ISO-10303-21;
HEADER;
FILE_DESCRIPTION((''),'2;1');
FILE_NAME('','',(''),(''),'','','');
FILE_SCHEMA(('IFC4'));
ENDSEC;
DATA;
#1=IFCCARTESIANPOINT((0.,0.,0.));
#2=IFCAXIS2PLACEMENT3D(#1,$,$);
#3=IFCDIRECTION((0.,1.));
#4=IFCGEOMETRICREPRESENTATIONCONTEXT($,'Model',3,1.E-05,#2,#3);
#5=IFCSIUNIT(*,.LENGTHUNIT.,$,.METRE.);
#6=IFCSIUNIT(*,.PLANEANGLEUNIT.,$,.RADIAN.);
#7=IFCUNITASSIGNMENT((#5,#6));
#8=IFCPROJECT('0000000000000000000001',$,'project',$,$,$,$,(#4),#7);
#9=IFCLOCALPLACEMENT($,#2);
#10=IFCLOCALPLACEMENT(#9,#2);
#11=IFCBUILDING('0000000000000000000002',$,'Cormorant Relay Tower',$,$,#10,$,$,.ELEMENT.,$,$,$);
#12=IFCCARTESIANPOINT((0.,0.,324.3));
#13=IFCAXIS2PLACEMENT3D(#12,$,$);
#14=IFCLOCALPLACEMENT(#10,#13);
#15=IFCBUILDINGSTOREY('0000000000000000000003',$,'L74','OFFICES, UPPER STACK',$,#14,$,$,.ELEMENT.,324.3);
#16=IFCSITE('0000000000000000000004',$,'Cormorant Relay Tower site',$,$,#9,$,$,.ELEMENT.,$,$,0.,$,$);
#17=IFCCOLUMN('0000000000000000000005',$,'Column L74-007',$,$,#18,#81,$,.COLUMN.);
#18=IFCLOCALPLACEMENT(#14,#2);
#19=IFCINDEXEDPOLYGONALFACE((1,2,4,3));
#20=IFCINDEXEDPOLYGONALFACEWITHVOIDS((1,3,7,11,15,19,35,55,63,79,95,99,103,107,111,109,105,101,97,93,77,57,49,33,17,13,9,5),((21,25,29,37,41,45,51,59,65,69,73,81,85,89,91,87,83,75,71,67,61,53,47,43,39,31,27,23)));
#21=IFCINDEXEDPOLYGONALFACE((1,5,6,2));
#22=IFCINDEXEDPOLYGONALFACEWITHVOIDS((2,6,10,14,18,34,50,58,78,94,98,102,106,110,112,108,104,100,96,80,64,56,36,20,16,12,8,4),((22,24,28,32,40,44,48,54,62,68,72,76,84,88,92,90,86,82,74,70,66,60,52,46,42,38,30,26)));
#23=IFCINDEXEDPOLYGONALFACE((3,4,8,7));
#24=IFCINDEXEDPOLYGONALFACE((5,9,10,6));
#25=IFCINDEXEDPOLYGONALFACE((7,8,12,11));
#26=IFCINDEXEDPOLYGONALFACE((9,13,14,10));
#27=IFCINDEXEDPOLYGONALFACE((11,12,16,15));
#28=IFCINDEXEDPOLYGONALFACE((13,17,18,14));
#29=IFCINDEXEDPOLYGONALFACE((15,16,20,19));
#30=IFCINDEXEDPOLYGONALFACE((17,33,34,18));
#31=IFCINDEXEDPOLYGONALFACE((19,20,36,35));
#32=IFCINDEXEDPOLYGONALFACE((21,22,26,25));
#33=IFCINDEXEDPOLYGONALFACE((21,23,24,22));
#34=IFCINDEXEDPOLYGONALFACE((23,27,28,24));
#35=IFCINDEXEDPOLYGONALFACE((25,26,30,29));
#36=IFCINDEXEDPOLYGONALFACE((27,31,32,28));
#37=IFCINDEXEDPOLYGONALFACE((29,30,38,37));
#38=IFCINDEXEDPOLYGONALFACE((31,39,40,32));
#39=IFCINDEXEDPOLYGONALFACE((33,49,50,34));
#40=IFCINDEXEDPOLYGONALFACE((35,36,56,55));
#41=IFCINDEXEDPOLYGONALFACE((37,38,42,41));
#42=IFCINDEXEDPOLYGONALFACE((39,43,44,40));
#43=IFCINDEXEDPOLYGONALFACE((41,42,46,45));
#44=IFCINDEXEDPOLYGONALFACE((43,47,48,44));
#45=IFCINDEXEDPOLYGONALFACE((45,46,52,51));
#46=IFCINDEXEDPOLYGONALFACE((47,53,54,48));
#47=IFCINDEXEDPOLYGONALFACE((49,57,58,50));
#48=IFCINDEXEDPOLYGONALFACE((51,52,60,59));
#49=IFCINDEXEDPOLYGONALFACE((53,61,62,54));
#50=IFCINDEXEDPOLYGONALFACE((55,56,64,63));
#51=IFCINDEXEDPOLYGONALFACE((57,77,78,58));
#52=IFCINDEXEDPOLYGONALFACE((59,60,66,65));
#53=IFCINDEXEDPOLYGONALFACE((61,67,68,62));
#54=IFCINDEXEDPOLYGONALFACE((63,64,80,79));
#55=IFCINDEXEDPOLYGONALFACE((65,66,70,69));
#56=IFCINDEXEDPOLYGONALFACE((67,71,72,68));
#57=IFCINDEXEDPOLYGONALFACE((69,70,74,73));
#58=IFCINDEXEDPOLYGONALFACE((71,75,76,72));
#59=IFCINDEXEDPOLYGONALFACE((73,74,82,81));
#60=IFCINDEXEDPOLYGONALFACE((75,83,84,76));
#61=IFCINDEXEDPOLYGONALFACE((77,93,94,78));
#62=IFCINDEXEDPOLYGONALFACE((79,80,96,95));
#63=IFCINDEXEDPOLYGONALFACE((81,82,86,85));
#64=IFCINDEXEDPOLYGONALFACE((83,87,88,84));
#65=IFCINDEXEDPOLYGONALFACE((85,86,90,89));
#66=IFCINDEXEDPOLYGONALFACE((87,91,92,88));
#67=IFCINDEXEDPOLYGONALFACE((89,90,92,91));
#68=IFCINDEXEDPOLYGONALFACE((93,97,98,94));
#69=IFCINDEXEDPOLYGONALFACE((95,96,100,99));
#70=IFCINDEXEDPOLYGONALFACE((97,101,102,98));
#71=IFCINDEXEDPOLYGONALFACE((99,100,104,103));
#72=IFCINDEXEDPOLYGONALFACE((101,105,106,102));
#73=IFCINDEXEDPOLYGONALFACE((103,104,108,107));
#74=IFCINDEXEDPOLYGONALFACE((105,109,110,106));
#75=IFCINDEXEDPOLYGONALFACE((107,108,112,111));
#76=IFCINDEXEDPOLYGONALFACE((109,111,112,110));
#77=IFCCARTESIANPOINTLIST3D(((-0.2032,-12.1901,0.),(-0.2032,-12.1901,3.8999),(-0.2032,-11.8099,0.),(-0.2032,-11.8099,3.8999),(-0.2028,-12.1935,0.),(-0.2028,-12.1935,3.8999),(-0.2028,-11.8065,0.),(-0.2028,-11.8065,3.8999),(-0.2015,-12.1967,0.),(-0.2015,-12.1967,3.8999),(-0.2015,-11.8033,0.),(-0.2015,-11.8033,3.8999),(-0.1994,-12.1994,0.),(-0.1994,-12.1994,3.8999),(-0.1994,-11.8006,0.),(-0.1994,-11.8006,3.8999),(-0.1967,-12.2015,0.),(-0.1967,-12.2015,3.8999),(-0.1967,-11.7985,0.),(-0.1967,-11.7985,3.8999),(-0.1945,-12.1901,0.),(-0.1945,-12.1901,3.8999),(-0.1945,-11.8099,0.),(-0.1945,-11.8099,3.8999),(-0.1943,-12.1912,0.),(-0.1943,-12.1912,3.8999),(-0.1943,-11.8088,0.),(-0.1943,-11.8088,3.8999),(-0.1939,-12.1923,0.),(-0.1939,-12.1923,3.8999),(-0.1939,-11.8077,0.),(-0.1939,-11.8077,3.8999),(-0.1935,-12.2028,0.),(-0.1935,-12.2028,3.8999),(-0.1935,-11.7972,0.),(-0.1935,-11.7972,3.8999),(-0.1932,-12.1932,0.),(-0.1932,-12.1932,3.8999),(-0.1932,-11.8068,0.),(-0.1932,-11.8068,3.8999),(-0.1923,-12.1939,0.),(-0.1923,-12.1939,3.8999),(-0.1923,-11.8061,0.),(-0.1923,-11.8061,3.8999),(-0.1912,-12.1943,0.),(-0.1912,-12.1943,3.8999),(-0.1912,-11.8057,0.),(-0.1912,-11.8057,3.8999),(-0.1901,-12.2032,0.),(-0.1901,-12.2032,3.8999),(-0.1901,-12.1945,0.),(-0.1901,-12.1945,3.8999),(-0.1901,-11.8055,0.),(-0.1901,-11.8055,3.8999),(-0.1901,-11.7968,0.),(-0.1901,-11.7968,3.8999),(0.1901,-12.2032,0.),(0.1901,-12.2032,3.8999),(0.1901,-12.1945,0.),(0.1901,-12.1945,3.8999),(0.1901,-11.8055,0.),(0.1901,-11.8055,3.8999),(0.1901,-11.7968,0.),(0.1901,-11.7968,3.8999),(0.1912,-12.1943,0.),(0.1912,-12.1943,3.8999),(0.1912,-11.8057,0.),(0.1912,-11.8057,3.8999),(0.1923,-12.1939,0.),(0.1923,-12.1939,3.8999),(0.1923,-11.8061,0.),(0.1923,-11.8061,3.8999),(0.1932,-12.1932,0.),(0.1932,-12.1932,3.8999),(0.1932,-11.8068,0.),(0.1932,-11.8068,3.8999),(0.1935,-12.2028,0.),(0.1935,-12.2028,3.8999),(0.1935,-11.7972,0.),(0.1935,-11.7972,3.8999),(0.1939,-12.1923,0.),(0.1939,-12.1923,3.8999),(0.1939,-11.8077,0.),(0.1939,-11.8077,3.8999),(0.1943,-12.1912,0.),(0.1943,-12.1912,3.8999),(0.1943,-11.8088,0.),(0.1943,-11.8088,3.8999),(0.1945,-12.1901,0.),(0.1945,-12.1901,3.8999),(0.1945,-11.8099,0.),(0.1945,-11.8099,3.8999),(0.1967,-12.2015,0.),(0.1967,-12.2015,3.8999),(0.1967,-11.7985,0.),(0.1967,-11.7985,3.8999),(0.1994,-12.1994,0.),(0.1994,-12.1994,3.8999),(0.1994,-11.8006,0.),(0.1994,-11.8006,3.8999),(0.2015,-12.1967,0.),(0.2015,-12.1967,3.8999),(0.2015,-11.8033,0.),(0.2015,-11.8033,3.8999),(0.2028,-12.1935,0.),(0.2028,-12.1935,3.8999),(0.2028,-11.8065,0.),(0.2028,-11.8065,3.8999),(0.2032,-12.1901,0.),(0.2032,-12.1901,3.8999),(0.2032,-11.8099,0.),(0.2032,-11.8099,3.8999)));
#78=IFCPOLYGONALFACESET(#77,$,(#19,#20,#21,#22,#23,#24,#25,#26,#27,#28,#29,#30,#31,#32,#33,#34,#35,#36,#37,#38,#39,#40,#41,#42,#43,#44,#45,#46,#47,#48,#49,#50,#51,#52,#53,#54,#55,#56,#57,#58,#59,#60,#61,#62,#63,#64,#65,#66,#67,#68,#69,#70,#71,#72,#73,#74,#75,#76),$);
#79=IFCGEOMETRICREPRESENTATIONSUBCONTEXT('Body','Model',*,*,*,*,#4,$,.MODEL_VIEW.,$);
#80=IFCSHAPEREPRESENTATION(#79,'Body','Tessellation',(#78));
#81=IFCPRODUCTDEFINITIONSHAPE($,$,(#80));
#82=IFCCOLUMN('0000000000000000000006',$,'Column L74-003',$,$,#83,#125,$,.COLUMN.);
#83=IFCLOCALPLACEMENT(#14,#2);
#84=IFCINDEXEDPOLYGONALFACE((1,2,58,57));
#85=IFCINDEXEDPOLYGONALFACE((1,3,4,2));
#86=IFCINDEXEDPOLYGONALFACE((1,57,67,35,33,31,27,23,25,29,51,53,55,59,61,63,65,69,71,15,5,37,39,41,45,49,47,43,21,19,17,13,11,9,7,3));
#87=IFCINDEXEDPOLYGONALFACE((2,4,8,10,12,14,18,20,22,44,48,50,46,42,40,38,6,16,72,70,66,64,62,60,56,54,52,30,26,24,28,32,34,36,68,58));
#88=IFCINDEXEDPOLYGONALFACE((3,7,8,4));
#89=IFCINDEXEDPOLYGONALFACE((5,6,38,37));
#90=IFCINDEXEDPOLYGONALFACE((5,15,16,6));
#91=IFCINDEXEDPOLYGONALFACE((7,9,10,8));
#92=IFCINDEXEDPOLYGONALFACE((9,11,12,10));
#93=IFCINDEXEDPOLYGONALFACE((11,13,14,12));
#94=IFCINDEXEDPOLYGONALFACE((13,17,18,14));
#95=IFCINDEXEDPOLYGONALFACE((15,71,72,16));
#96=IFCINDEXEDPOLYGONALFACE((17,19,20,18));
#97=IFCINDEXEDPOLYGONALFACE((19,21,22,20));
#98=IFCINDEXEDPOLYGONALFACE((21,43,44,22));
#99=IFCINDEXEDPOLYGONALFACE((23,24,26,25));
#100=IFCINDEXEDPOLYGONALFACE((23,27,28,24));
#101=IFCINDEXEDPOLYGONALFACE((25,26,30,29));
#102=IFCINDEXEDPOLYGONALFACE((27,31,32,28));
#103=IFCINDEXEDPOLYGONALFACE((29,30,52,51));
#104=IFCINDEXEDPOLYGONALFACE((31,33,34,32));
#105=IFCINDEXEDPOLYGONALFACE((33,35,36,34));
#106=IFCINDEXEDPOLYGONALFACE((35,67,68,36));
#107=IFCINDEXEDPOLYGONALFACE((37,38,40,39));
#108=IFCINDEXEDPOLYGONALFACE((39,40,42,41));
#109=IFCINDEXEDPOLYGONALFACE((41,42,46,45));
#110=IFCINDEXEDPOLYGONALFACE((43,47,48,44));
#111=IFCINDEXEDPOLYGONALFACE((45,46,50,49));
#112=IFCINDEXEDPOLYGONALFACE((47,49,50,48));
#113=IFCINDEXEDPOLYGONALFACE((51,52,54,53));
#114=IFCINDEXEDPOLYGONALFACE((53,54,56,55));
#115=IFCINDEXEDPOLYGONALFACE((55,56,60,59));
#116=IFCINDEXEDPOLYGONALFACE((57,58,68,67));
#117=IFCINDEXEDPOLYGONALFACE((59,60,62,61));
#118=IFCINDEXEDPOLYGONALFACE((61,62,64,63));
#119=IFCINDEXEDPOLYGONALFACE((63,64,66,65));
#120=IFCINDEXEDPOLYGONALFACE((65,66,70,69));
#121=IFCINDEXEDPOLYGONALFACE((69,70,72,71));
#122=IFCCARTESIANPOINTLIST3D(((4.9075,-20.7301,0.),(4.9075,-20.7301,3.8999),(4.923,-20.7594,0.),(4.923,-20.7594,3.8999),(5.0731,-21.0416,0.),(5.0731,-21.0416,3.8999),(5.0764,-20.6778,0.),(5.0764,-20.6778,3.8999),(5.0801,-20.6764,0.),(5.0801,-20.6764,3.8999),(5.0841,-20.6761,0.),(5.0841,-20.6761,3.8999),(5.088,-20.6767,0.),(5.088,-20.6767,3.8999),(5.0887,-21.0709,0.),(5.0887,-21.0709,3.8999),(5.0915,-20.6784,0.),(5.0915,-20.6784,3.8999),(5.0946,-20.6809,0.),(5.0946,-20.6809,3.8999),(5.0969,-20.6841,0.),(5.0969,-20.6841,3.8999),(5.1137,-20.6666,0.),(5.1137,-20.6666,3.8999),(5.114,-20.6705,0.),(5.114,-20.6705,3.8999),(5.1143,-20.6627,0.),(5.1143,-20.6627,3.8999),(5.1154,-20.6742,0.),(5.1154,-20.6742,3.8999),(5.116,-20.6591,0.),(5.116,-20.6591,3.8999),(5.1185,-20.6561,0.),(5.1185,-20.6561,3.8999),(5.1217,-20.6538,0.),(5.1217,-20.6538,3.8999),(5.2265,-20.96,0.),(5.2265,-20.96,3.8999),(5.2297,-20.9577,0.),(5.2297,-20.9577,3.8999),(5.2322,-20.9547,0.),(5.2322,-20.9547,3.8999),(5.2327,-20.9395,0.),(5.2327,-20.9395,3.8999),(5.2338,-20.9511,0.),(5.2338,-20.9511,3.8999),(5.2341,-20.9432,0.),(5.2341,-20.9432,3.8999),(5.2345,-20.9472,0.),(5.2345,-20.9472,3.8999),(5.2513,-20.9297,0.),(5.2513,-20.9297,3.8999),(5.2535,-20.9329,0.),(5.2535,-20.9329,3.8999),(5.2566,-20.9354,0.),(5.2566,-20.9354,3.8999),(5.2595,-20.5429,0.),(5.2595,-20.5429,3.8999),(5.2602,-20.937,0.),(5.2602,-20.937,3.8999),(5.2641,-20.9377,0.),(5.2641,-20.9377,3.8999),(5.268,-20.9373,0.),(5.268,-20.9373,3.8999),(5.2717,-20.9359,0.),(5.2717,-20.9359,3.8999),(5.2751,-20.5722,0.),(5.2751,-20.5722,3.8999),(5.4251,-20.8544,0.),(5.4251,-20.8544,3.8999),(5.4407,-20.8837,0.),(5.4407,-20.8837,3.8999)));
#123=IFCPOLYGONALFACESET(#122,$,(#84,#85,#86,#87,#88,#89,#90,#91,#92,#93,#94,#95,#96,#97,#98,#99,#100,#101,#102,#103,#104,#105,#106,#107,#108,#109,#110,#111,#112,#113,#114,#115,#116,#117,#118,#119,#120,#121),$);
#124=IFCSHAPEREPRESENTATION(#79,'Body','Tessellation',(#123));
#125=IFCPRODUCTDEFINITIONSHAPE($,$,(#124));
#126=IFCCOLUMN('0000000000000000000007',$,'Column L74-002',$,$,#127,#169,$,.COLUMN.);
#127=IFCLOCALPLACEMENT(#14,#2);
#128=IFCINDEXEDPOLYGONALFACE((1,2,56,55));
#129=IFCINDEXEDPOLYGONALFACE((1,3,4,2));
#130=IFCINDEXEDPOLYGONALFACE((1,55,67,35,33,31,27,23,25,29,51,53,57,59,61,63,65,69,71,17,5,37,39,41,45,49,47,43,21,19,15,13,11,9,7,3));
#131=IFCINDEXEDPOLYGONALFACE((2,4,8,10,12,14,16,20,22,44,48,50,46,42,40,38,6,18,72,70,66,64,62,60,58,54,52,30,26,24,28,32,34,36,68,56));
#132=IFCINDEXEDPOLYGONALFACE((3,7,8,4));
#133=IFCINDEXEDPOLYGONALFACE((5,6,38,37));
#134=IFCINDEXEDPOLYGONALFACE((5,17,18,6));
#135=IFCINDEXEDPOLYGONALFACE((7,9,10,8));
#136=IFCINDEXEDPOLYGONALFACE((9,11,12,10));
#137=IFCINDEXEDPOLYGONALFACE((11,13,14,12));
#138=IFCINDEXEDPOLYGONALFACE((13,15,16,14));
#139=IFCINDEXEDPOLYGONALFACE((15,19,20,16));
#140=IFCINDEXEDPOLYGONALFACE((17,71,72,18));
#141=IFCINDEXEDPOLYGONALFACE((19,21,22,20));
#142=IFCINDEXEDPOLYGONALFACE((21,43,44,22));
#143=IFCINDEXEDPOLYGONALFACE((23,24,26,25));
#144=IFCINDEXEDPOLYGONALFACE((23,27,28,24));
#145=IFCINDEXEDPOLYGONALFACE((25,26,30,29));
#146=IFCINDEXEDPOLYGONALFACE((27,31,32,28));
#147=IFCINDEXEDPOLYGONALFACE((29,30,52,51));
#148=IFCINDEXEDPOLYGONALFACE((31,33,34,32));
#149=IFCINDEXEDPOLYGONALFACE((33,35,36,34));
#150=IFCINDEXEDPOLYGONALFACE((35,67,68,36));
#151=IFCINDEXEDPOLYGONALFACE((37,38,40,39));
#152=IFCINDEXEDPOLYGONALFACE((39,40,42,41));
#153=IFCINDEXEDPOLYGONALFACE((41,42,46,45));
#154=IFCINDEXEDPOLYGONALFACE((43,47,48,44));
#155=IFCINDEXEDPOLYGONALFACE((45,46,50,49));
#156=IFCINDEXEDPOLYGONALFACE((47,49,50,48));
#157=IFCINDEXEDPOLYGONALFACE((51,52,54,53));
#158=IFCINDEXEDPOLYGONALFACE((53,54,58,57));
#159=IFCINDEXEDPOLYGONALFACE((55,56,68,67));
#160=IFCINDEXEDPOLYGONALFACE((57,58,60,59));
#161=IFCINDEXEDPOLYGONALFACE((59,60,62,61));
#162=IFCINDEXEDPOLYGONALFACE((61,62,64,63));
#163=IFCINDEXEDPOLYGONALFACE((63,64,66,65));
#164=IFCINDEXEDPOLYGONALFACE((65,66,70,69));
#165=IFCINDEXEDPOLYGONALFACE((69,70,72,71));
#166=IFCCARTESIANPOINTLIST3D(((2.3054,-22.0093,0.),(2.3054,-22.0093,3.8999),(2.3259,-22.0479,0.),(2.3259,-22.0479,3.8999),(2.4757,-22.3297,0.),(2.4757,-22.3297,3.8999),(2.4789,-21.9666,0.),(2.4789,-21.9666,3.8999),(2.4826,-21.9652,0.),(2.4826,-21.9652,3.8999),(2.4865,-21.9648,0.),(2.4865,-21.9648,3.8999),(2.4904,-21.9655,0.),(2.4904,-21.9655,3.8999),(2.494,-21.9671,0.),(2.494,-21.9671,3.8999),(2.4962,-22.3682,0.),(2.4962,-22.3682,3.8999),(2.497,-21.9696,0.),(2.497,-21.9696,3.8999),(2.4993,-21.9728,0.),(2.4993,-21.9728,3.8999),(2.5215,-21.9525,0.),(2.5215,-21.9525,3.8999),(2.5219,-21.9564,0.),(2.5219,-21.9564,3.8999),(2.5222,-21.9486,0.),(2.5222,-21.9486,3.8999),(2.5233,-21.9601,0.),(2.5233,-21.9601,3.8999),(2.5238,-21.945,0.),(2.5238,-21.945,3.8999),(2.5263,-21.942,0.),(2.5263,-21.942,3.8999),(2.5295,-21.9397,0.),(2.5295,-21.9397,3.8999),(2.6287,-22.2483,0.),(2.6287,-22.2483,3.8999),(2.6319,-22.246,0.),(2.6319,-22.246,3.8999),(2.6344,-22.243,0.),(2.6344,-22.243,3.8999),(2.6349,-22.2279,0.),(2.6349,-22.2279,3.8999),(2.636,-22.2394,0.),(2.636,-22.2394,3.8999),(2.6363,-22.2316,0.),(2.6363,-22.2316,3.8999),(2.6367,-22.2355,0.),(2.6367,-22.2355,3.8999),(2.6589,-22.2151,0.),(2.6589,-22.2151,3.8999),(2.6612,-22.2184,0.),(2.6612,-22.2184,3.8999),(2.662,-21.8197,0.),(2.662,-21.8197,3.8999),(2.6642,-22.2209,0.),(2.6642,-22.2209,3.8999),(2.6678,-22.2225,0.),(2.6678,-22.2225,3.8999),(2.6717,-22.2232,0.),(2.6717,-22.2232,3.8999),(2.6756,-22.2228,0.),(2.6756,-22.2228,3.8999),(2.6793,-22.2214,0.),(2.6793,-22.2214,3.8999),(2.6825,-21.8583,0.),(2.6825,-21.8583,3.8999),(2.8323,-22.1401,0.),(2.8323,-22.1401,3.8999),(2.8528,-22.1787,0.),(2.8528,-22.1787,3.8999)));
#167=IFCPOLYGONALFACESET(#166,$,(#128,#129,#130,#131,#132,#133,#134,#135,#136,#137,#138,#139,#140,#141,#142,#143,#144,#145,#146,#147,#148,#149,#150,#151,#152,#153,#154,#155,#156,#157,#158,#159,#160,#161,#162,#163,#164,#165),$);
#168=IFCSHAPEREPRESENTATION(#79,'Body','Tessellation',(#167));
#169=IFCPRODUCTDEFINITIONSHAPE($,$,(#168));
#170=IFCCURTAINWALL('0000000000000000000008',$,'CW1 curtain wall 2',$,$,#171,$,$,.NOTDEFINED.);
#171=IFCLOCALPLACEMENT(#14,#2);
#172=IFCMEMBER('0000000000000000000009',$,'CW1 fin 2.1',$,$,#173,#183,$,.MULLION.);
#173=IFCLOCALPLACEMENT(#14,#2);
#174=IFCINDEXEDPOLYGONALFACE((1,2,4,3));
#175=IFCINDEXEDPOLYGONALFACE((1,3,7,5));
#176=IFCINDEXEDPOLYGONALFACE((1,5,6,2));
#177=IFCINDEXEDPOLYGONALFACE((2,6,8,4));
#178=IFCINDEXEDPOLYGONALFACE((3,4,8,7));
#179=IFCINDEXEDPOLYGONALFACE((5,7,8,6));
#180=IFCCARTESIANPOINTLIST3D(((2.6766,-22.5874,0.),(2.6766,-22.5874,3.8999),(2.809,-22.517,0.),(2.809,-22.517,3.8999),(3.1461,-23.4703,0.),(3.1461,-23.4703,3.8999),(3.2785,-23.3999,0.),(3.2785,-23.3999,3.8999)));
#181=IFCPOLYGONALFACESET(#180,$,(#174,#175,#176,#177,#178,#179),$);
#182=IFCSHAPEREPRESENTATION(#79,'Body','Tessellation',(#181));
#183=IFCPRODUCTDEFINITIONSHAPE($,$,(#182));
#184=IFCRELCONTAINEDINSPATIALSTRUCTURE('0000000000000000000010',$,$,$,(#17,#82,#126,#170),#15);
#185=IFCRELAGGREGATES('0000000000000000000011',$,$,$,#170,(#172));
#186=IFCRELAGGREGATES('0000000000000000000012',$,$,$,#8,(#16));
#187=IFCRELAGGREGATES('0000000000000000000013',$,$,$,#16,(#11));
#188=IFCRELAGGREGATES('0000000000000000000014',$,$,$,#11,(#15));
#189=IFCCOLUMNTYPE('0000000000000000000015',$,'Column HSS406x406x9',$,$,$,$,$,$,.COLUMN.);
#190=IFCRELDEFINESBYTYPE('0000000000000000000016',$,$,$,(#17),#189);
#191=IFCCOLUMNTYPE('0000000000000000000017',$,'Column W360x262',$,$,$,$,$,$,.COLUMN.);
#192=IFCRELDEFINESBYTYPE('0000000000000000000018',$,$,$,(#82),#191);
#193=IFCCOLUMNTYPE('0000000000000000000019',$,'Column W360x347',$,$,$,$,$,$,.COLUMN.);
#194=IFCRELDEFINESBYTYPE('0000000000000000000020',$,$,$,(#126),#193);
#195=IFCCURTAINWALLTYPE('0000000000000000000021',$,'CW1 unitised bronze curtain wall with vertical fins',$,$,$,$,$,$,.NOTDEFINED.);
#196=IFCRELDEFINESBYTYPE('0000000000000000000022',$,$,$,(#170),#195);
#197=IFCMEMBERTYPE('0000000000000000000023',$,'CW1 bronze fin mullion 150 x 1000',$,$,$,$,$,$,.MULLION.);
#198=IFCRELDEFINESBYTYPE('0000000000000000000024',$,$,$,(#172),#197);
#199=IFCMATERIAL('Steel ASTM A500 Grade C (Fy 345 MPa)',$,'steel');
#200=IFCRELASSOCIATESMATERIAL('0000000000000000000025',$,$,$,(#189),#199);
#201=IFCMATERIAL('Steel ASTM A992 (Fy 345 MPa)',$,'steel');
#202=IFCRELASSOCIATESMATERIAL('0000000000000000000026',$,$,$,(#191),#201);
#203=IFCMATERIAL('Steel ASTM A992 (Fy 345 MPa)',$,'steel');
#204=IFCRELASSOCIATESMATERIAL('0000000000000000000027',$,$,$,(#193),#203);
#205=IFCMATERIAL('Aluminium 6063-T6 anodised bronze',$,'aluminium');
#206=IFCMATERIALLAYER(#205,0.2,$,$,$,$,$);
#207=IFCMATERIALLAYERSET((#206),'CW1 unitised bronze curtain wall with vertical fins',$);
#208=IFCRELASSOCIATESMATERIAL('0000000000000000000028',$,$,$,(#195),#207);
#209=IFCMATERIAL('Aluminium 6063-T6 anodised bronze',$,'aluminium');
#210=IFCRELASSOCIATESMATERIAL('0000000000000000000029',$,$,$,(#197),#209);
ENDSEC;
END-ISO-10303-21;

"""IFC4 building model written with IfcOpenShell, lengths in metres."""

from ifc_helpers import new_model, si_unit, direction, frame, origin, origin_2d, place, context, subcontext, project, spatial, rectangle, hollow_rectangle, i_section, extrude, material, layer, layer_set, material_profile, profile_set, type_object, element, aggregate, save


model = new_model("IFC4")

# Units and contexts
model_context = context("Model", 3, precision=1e-05, world=origin(), true_north=direction((0.0, 1.0)))
body_context = subcontext(model_context, "Body", "Model", "MODEL_VIEW")
ifc_project = project(units=[si_unit("LENGTHUNIT", "METRE"), si_unit("PLANEANGLEUNIT", "RADIAN")], contexts=[model_context])

# Site, building, storey
site_placement = place(None, origin())
site = spatial("IfcSite", under=ifc_project, at=site_placement, Name="Cormorant Relay Tower site", CompositionType="ELEMENT", RefElevation=0.0)
building_placement = place(site_placement, origin())
building = spatial("IfcBuilding", under=site, at=building_placement, Name="Cormorant Relay Tower", CompositionType="ELEMENT")
storey_placement = place(building_placement, frame((0.0, 0.0, 324.3)))
storey = spatial("IfcBuildingStorey", under=building, at=storey_placement, Name="L74", Description="OFFICES, UPPER STACK", CompositionType="ELEMENT", Elevation=324.3)

# Columns
ifc_material_1 = material(Name="Steel ASTM A500 Grade C (Fy 345 MPa)", Category="steel")
ifc_material_profile_1 = material_profile(ifc_material_1, hollow_rectangle(XDim=0.4065, YDim=0.4065, WallThickness=0.0088, InnerFilletRadius=0.0044, OuterFilletRadius=0.0132, at=origin_2d()), Name="HSS406x406x9")
ifc_profile_set_1 = profile_set([ifc_material_profile_1], Name="Steel ASTM A500 Grade C (Fy 345 MPa)")
column_type_1 = type_object("IfcColumnType", Name="Column HSS406x406x9", PredefinedType="COLUMN", material=ifc_profile_set_1)
column_1_placement = place(storey_placement, frame((0.0, -12.0, 0.0), z_axis=(0.0, 0.0, 1.0), x_axis=(1.0, 0.0, 0.0)))
element("IfcColumn", 1, at=column_1_placement, inside=storey, type_object=column_type_1, Name="Column L74-007", PredefinedType="COLUMN", context=body_context, shape_type="SweptSolid", body=[
    extrude(hollow_rectangle(XDim=0.4065, YDim=0.4065, WallThickness=0.0088, InnerFilletRadius=0.0044, OuterFilletRadius=0.0132, at=origin_2d()), origin(), (0.0, 0.0, 1.0), 3.8999),
])
ifc_material_2 = material(Name="Steel ASTM A992 (Fy 345 MPa)", Category="steel")
ifc_material_profile_2 = material_profile(ifc_material_2, i_section(OverallWidth=0.3987, OverallDepth=0.386, WebThickness=0.021, FlangeThickness=0.0332, FilletRadius=0.0151, at=origin_2d()), Name="W360x262")
ifc_profile_set_2 = profile_set([ifc_material_profile_2], Name="Steel ASTM A992 (Fy 345 MPa)")
column_type_2 = type_object("IfcColumnType", Name="Column W360x262", PredefinedType="COLUMN", material=ifc_profile_set_2)
column_2_placement = place(storey_placement, frame((5.1741, -20.8069, 0.0), z_axis=(0.0, 0.0, 1.0), x_axis=(0.882948, 0.469472, 0.0)))
element("IfcColumn", 2, at=column_2_placement, inside=storey, type_object=column_type_2, Name="Column L74-003", PredefinedType="COLUMN", context=body_context, shape_type="SweptSolid", body=[
    extrude(i_section(OverallWidth=0.3987, OverallDepth=0.386, WebThickness=0.021, FlangeThickness=0.0332, FilletRadius=0.0151, at=origin_2d()), origin(), (0.0, 0.0, 1.0), 3.8999),
])
ifc_material_3 = material(Name="Steel ASTM A992 (Fy 345 MPa)", Category="steel")
ifc_material_profile_3 = material_profile(ifc_material_3, i_section(OverallWidth=0.4038, OverallDepth=0.4065, WebThickness=0.0271, FlangeThickness=0.0437, FilletRadius=0.0151, at=origin_2d()), Name="W360x347")
ifc_profile_set_3 = profile_set([ifc_material_profile_3], Name="Steel ASTM A992 (Fy 345 MPa)")
column_type_3 = type_object("IfcColumnType", Name="Column W360x347", PredefinedType="COLUMN", material=ifc_profile_set_3)
column_3_placement = place(storey_placement, frame((2.5791, -22.094, 0.0), z_axis=(0.0, 0.0, 1.0), x_axis=(0.882948, 0.469472, 0.0)))
element("IfcColumn", 3, at=column_3_placement, inside=storey, type_object=column_type_3, Name="Column L74-002", PredefinedType="COLUMN", context=body_context, shape_type="SweptSolid", body=[
    extrude(i_section(OverallWidth=0.4038, OverallDepth=0.4065, WebThickness=0.0271, FlangeThickness=0.0437, FilletRadius=0.0151, at=origin_2d()), origin(), (0.0, 0.0, 1.0), 3.8999),
])

# Curtain wall, member
ifc_material_4 = material(Name="Aluminium 6063-T6 anodised bronze", Category="aluminium")
ifc_layer_1 = layer(ifc_material_4, 0.2)
ifc_layer_set_1 = layer_set([ifc_layer_1], Name="CW1 unitised bronze curtain wall with vertical fins")
curtain_wall_type_1 = type_object("IfcCurtainWallType", Name="CW1 unitised bronze curtain wall with vertical fins", PredefinedType="NOTDEFINED", material=ifc_layer_set_1)
curtain_wall_1_placement = place(storey_placement, origin())
curtain_wall_1 = element("IfcCurtainWall", 4, at=curtain_wall_1_placement, inside=storey, type_object=curtain_wall_type_1, Name="CW1 curtain wall 2", PredefinedType="NOTDEFINED")
ifc_material_5 = material(Name="Aluminium 6063-T6 anodised bronze", Category="aluminium")
ifc_material_profile_4 = material_profile(ifc_material_5, rectangle(XDim=0.1499, YDim=1.0, at=origin_2d()), Name="AL 150x1000")
ifc_profile_set_4 = profile_set([ifc_material_profile_4], Name="Aluminium 6063-T6 anodised bronze")
member_type_1 = type_object("IfcMemberType", Name="CW1 bronze fin mullion 150 x 1000", PredefinedType="MULLION", material=ifc_profile_set_4)
member_1_placement = place(storey_placement, frame((2.9775, -22.9937, 0.0), z_axis=(0.0, 0.0, 1.0), x_axis=(0.882948, 0.469472, 0.0)))
member_1 = element("IfcMember", 5, at=member_1_placement, type_object=member_type_1, Name="CW1 fin 2.1", PredefinedType="MULLION", context=body_context, shape_type="SweptSolid", body=[
    extrude(rectangle(XDim=0.1499, YDim=1.0, at=origin_2d()), origin(), (0.0, 0.0, 1.0), 3.8999),
])

aggregate(curtain_wall_1, [member_1])

save(model, "model.ifc")
